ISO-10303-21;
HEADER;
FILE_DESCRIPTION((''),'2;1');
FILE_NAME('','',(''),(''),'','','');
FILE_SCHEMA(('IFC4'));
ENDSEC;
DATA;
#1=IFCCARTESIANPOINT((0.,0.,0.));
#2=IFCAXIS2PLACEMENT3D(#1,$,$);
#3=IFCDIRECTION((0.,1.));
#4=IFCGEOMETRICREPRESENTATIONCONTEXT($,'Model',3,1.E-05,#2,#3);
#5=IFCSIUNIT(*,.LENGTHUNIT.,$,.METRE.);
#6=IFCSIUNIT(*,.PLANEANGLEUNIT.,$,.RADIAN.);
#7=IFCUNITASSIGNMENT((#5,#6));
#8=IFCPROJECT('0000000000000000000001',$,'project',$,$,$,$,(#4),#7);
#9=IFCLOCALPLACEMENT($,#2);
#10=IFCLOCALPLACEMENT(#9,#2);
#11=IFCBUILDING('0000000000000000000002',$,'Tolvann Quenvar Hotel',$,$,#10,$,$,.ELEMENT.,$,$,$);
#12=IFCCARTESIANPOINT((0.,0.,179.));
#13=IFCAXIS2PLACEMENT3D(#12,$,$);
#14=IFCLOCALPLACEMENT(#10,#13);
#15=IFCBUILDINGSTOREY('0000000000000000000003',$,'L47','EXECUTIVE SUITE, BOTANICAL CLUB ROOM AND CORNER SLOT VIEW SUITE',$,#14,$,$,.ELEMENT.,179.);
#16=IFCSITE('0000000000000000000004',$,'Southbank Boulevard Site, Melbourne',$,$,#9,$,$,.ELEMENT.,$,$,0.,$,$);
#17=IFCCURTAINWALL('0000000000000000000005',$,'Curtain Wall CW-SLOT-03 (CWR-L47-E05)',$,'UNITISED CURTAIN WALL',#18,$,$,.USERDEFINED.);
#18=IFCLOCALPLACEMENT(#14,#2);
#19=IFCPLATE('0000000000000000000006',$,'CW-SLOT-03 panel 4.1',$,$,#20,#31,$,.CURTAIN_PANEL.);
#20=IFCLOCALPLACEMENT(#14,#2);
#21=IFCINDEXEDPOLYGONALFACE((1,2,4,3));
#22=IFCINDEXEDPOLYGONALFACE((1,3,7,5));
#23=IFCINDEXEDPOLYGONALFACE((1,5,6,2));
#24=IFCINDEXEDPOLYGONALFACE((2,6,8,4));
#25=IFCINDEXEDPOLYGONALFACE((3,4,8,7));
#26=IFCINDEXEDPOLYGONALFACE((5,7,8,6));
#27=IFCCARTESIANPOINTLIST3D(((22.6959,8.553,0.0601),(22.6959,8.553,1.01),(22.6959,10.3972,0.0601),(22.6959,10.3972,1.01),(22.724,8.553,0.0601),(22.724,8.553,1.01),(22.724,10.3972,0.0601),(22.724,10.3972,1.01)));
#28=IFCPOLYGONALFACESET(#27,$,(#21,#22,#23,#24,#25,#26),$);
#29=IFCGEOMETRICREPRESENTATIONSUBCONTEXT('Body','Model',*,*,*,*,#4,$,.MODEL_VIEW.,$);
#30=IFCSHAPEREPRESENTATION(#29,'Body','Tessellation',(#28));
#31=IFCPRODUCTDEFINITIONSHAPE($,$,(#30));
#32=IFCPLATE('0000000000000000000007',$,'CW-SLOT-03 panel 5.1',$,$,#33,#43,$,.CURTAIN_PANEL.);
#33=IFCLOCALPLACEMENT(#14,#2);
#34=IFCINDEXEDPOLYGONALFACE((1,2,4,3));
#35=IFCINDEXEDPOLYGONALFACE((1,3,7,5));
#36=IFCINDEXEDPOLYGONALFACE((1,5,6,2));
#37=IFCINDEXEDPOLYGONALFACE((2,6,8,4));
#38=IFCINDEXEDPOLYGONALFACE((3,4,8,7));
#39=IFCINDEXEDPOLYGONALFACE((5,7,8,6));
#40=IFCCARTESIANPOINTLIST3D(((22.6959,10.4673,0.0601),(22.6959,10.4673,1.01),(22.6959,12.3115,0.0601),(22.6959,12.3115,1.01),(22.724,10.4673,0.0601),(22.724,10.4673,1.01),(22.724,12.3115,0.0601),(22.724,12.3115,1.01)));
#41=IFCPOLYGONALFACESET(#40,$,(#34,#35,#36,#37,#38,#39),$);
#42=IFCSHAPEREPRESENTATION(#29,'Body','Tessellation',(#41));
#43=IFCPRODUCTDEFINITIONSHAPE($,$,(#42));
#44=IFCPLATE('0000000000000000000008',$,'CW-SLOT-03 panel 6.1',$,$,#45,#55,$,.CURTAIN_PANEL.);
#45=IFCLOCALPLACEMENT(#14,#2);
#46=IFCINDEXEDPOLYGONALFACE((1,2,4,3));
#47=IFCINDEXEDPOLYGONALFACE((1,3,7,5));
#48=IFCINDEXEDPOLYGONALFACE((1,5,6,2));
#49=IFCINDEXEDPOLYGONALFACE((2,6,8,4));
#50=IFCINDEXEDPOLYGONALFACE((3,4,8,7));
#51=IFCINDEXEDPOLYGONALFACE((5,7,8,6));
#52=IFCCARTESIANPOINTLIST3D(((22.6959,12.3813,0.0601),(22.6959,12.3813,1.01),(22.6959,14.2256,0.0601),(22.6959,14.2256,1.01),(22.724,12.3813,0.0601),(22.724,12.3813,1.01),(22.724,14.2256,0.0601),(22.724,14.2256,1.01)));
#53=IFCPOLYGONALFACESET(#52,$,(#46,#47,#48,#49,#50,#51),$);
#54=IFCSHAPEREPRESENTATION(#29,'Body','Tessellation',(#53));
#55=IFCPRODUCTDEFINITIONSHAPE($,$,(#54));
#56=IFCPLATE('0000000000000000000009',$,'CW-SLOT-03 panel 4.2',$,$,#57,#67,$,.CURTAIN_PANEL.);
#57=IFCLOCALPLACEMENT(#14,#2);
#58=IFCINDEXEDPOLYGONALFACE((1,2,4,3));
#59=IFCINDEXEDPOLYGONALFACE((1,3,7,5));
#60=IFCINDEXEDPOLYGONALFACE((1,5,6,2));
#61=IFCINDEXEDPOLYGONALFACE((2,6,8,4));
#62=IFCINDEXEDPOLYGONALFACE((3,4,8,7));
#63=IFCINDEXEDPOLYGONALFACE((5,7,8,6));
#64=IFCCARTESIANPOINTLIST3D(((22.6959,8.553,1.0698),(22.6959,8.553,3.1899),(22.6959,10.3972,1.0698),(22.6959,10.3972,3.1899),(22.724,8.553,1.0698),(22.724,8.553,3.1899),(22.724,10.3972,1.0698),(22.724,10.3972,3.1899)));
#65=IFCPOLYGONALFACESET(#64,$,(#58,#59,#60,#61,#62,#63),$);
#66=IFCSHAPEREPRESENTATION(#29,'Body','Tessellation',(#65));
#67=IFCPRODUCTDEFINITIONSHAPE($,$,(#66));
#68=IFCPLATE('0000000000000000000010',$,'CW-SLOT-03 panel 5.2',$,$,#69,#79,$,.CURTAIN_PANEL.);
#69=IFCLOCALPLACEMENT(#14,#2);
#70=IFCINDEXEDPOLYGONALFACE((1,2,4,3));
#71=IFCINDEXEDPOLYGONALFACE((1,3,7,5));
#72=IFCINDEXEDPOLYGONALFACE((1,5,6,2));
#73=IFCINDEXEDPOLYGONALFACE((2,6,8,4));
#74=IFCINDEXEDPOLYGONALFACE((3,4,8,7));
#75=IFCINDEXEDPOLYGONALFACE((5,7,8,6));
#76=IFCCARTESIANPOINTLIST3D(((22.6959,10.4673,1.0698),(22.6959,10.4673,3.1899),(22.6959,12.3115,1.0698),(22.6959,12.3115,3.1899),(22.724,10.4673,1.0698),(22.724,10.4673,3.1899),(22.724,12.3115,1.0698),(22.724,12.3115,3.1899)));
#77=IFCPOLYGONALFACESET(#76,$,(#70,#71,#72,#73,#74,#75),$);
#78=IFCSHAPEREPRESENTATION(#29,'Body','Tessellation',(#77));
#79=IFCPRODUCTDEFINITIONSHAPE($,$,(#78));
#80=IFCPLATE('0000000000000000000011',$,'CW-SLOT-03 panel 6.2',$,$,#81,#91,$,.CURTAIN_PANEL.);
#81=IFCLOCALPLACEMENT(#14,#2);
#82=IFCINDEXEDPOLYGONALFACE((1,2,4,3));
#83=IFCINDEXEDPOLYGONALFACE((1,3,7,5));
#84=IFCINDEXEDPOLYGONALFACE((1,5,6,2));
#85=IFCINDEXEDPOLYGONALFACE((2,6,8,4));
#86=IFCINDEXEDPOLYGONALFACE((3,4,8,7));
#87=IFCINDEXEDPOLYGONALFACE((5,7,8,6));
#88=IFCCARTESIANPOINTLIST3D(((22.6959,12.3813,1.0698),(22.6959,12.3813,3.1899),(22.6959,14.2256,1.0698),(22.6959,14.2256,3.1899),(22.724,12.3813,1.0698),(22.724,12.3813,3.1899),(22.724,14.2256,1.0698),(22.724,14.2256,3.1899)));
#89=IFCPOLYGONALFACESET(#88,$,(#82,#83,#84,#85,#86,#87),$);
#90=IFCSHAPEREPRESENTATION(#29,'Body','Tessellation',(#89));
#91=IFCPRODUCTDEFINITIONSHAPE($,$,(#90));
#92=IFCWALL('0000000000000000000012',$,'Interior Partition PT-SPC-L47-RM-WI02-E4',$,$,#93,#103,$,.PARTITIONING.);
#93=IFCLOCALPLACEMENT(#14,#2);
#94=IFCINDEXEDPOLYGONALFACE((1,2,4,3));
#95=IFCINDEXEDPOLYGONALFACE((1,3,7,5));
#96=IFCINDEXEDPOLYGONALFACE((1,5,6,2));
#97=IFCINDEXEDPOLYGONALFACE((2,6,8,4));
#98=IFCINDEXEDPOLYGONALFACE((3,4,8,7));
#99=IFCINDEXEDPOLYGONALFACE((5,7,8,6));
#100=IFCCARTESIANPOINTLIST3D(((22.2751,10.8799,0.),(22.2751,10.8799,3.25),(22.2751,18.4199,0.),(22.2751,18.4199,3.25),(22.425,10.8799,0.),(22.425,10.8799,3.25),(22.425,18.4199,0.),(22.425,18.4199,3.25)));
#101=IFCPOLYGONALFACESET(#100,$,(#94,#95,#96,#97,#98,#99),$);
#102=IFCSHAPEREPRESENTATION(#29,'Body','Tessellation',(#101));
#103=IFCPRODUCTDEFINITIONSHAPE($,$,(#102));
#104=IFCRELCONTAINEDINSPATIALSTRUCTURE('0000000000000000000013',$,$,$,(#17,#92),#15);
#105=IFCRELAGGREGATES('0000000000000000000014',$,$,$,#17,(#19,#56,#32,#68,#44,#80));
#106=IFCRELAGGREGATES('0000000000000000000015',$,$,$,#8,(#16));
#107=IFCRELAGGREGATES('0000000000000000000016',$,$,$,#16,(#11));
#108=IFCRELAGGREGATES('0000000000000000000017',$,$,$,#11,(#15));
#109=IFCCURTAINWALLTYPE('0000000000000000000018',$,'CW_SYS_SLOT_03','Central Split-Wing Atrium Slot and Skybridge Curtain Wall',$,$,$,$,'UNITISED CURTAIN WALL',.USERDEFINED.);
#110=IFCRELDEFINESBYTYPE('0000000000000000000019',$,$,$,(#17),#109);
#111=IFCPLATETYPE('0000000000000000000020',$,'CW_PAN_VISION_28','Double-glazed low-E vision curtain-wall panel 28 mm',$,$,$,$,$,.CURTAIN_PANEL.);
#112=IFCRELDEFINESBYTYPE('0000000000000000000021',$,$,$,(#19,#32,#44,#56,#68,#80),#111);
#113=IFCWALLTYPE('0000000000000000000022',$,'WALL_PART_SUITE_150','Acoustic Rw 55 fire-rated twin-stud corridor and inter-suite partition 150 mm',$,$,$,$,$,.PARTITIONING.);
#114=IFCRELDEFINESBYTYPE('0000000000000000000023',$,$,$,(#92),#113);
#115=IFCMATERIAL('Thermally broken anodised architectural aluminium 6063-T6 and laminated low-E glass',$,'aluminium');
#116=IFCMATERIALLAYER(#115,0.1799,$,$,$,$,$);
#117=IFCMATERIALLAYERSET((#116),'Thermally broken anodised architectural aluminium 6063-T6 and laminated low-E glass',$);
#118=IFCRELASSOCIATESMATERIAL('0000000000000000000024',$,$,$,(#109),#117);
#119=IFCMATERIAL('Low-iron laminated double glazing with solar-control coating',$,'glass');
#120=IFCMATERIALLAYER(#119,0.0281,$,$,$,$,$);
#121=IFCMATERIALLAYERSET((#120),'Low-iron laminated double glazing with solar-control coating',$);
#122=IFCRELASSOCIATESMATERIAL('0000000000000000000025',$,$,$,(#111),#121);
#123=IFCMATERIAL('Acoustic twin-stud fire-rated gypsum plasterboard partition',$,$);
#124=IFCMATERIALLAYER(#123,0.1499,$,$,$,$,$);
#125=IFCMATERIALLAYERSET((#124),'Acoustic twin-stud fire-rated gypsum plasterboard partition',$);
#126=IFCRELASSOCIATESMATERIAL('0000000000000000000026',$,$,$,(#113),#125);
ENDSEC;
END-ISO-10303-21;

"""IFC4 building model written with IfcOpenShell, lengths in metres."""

from ifc_helpers import new_model, si_unit, direction, frame, frame_2d, origin, origin_2d, place, context, subcontext, project, spatial, rectangle, extrude, source, transform, mapped, material, layer, layer_set, type_object, element, aggregate, save


model = new_model("IFC4")

# Units and contexts
model_context = context("Model", 3, precision=1e-05, world=origin(), true_north=direction((0.0, 1.0)))
body_context = subcontext(model_context, "Body", "Model", "MODEL_VIEW")
ifc_project = project(units=[si_unit("LENGTHUNIT", "METRE"), si_unit("PLANEANGLEUNIT", "RADIAN")], contexts=[model_context])

# Site, building, storey
site_placement = place(None, origin())
site = spatial("IfcSite", under=ifc_project, at=site_placement, Name="Southbank Boulevard Site, Melbourne", CompositionType="ELEMENT", RefElevation=0.0)
building_placement = place(site_placement, origin())
building = spatial("IfcBuilding", under=site, at=building_placement, Name="Tolvann Quenvar Hotel", CompositionType="ELEMENT")
storey_placement = place(building_placement, frame((0.0, 0.0, 179.0)))
storey = spatial("IfcBuildingStorey", under=building, at=storey_placement, Name="L47", Description="EXECUTIVE SUITE, BOTANICAL CLUB ROOM AND CORNER SLOT VIEW SUITE", CompositionType="ELEMENT", Elevation=179.0)

# Curtain wall, plates
ifc_material_1 = material(Name="Thermally broken anodised architectural aluminium 6063-T6 and laminated low-E glass", Category="aluminium")
ifc_layer_1 = layer(ifc_material_1, 0.1799)
ifc_layer_set_1 = layer_set([ifc_layer_1], Name="Thermally broken anodised architectural aluminium 6063-T6 and laminated low-E glass")
curtain_wall_type = type_object("IfcCurtainWallType", Name="CW_SYS_SLOT_03", Description="Central Split-Wing Atrium Slot and Skybridge Curtain Wall", ElementType="UNITISED CURTAIN WALL", PredefinedType="USERDEFINED", material=ifc_layer_set_1)
curtain_wall_placement = place(storey_placement, origin())
curtain_wall = element("IfcCurtainWall", 1, at=curtain_wall_placement, inside=storey, type_object=curtain_wall_type, Name="Curtain Wall CW-SLOT-03 (CWR-L47-E05)", ObjectType="UNITISED CURTAIN WALL", PredefinedType="USERDEFINED")
ifc_material_2 = material(Name="Low-iron laminated double glazing with solar-control coating", Category="glass")
ifc_layer_2 = layer(ifc_material_2, 0.0281)
ifc_layer_set_2 = layer_set([ifc_layer_2], Name="Low-iron laminated double glazing with solar-control coating")
plate_type = type_object("IfcPlateType", Name="CW_PAN_VISION_28", Description="Double-glazed low-E vision curtain-wall panel 28 mm", PredefinedType="CURTAIN_PANEL", material=ifc_layer_set_2)
shared_shape_1 = source(origin(), body_context, "Body", "SweptSolid", [
    extrude(rectangle(XDim=1.8442, YDim=0.0281, at=origin_2d()), origin(), (0.0, 0.0, 1.0), 0.95),
])
plate_1_placement = place(storey_placement, frame((22.71, 9.4751, 0.0601), z_axis=(0.0, 0.0, 1.0), x_axis=(0.0, 1.0, 0.0)))
plate_1 = element("IfcPlate", 2, at=plate_1_placement, type_object=plate_type, Name="CW-SLOT-03 panel 4.1", PredefinedType="CURTAIN_PANEL", context=body_context, shape_type="MappedRepresentation", body=[
    mapped(shared_shape_1, transform((0.0, 0.0, 0.0), x_axis=(1.0, 0.0, 0.0), y_axis=(0.0, 1.0, 0.0), z_axis=(0.0, 0.0, 1.0), scale=1.0)),
])
plate_2_placement = place(storey_placement, frame((22.71, 11.3894, 0.0601), z_axis=(0.0, 0.0, 1.0), x_axis=(0.0, 1.0, 0.0)))
plate_2 = element("IfcPlate", 3, at=plate_2_placement, type_object=plate_type, Name="CW-SLOT-03 panel 5.1", PredefinedType="CURTAIN_PANEL", context=body_context, shape_type="MappedRepresentation", body=[
    mapped(shared_shape_1, transform((0.0, 0.0, 0.0), x_axis=(1.0, 0.0, 0.0), y_axis=(0.0, 1.0, 0.0), z_axis=(0.0, 0.0, 1.0), scale=1.0)),
])
plate_3_placement = place(storey_placement, frame((22.71, 13.3035, 0.0601), z_axis=(0.0, 0.0, 1.0), x_axis=(0.0, 1.0, 0.0)))
plate_3 = element("IfcPlate", 4, at=plate_3_placement, type_object=plate_type, Name="CW-SLOT-03 panel 6.1", PredefinedType="CURTAIN_PANEL", context=body_context, shape_type="MappedRepresentation", body=[
    mapped(shared_shape_1, transform((0.0, 0.0, 0.0), x_axis=(1.0, 0.0, 0.0), y_axis=(0.0, 1.0, 0.0), z_axis=(0.0, 0.0, 1.0), scale=1.0)),
])
shared_shape_2 = source(origin(), body_context, "Body", "SweptSolid", [
    extrude(rectangle(XDim=1.8442, YDim=0.0281, at=origin_2d()), origin(), (0.0, 0.0, 1.0), 2.1201),
])
plate_4_placement = place(storey_placement, frame((22.71, 9.4751, 1.0698), z_axis=(0.0, 0.0, 1.0), x_axis=(0.0, 1.0, 0.0)))
plate_4 = element("IfcPlate", 5, at=plate_4_placement, type_object=plate_type, Name="CW-SLOT-03 panel 4.2", PredefinedType="CURTAIN_PANEL", context=body_context, shape_type="MappedRepresentation", body=[
    mapped(shared_shape_2, transform((0.0, 0.0, 0.0), x_axis=(1.0, 0.0, 0.0), y_axis=(0.0, 1.0, 0.0), z_axis=(0.0, 0.0, 1.0), scale=1.0)),
])
plate_5_placement = place(storey_placement, frame((22.71, 11.3894, 1.0698), z_axis=(0.0, 0.0, 1.0), x_axis=(0.0, 1.0, 0.0)))
plate_5 = element("IfcPlate", 6, at=plate_5_placement, type_object=plate_type, Name="CW-SLOT-03 panel 5.2", PredefinedType="CURTAIN_PANEL", context=body_context, shape_type="MappedRepresentation", body=[
    mapped(shared_shape_2, transform((0.0, 0.0, 0.0), x_axis=(1.0, 0.0, 0.0), y_axis=(0.0, 1.0, 0.0), z_axis=(0.0, 0.0, 1.0), scale=1.0)),
])
plate_6_placement = place(storey_placement, frame((22.71, 13.3035, 1.0698), z_axis=(0.0, 0.0, 1.0), x_axis=(0.0, 1.0, 0.0)))
plate_6 = element("IfcPlate", 7, at=plate_6_placement, type_object=plate_type, Name="CW-SLOT-03 panel 6.2", PredefinedType="CURTAIN_PANEL", context=body_context, shape_type="MappedRepresentation", body=[
    mapped(shared_shape_2, transform((0.0, 0.0, 0.0), x_axis=(1.0, 0.0, 0.0), y_axis=(0.0, 1.0, 0.0), z_axis=(0.0, 0.0, 1.0), scale=1.0)),
])
aggregate(curtain_wall, [plate_1, plate_4, plate_2, plate_5, plate_3, plate_6])

# Wall
ifc_material_3 = material(Name="Acoustic twin-stud fire-rated gypsum plasterboard partition")
ifc_layer_3 = layer(ifc_material_3, 0.1499)
ifc_layer_set_3 = layer_set([ifc_layer_3], Name="Acoustic twin-stud fire-rated gypsum plasterboard partition")
wall_type = type_object("IfcWallType", Name="WALL_PART_SUITE_150", Description="Acoustic Rw 55 fire-rated twin-stud corridor and inter-suite partition 150 mm", PredefinedType="PARTITIONING", material=ifc_layer_set_3)
wall_placement = place(storey_placement, frame((22.3501, 10.8799, 0.0), z_axis=(0.0, 0.0, 1.0), x_axis=(0.0, 1.0, 0.0)))
element("IfcWall", 8, at=wall_placement, inside=storey, type_object=wall_type, Name="Interior Partition PT-SPC-L47-RM-WI02-E4", PredefinedType="PARTITIONING", context=body_context, shape_type="SweptSolid", body=[
    extrude(rectangle(XDim=7.54, YDim=0.1499, at=frame_2d((3.77, 0.0))), origin(), (0.0, 0.0, 1.0), 3.25),
])

save(model, "model.ifc")
